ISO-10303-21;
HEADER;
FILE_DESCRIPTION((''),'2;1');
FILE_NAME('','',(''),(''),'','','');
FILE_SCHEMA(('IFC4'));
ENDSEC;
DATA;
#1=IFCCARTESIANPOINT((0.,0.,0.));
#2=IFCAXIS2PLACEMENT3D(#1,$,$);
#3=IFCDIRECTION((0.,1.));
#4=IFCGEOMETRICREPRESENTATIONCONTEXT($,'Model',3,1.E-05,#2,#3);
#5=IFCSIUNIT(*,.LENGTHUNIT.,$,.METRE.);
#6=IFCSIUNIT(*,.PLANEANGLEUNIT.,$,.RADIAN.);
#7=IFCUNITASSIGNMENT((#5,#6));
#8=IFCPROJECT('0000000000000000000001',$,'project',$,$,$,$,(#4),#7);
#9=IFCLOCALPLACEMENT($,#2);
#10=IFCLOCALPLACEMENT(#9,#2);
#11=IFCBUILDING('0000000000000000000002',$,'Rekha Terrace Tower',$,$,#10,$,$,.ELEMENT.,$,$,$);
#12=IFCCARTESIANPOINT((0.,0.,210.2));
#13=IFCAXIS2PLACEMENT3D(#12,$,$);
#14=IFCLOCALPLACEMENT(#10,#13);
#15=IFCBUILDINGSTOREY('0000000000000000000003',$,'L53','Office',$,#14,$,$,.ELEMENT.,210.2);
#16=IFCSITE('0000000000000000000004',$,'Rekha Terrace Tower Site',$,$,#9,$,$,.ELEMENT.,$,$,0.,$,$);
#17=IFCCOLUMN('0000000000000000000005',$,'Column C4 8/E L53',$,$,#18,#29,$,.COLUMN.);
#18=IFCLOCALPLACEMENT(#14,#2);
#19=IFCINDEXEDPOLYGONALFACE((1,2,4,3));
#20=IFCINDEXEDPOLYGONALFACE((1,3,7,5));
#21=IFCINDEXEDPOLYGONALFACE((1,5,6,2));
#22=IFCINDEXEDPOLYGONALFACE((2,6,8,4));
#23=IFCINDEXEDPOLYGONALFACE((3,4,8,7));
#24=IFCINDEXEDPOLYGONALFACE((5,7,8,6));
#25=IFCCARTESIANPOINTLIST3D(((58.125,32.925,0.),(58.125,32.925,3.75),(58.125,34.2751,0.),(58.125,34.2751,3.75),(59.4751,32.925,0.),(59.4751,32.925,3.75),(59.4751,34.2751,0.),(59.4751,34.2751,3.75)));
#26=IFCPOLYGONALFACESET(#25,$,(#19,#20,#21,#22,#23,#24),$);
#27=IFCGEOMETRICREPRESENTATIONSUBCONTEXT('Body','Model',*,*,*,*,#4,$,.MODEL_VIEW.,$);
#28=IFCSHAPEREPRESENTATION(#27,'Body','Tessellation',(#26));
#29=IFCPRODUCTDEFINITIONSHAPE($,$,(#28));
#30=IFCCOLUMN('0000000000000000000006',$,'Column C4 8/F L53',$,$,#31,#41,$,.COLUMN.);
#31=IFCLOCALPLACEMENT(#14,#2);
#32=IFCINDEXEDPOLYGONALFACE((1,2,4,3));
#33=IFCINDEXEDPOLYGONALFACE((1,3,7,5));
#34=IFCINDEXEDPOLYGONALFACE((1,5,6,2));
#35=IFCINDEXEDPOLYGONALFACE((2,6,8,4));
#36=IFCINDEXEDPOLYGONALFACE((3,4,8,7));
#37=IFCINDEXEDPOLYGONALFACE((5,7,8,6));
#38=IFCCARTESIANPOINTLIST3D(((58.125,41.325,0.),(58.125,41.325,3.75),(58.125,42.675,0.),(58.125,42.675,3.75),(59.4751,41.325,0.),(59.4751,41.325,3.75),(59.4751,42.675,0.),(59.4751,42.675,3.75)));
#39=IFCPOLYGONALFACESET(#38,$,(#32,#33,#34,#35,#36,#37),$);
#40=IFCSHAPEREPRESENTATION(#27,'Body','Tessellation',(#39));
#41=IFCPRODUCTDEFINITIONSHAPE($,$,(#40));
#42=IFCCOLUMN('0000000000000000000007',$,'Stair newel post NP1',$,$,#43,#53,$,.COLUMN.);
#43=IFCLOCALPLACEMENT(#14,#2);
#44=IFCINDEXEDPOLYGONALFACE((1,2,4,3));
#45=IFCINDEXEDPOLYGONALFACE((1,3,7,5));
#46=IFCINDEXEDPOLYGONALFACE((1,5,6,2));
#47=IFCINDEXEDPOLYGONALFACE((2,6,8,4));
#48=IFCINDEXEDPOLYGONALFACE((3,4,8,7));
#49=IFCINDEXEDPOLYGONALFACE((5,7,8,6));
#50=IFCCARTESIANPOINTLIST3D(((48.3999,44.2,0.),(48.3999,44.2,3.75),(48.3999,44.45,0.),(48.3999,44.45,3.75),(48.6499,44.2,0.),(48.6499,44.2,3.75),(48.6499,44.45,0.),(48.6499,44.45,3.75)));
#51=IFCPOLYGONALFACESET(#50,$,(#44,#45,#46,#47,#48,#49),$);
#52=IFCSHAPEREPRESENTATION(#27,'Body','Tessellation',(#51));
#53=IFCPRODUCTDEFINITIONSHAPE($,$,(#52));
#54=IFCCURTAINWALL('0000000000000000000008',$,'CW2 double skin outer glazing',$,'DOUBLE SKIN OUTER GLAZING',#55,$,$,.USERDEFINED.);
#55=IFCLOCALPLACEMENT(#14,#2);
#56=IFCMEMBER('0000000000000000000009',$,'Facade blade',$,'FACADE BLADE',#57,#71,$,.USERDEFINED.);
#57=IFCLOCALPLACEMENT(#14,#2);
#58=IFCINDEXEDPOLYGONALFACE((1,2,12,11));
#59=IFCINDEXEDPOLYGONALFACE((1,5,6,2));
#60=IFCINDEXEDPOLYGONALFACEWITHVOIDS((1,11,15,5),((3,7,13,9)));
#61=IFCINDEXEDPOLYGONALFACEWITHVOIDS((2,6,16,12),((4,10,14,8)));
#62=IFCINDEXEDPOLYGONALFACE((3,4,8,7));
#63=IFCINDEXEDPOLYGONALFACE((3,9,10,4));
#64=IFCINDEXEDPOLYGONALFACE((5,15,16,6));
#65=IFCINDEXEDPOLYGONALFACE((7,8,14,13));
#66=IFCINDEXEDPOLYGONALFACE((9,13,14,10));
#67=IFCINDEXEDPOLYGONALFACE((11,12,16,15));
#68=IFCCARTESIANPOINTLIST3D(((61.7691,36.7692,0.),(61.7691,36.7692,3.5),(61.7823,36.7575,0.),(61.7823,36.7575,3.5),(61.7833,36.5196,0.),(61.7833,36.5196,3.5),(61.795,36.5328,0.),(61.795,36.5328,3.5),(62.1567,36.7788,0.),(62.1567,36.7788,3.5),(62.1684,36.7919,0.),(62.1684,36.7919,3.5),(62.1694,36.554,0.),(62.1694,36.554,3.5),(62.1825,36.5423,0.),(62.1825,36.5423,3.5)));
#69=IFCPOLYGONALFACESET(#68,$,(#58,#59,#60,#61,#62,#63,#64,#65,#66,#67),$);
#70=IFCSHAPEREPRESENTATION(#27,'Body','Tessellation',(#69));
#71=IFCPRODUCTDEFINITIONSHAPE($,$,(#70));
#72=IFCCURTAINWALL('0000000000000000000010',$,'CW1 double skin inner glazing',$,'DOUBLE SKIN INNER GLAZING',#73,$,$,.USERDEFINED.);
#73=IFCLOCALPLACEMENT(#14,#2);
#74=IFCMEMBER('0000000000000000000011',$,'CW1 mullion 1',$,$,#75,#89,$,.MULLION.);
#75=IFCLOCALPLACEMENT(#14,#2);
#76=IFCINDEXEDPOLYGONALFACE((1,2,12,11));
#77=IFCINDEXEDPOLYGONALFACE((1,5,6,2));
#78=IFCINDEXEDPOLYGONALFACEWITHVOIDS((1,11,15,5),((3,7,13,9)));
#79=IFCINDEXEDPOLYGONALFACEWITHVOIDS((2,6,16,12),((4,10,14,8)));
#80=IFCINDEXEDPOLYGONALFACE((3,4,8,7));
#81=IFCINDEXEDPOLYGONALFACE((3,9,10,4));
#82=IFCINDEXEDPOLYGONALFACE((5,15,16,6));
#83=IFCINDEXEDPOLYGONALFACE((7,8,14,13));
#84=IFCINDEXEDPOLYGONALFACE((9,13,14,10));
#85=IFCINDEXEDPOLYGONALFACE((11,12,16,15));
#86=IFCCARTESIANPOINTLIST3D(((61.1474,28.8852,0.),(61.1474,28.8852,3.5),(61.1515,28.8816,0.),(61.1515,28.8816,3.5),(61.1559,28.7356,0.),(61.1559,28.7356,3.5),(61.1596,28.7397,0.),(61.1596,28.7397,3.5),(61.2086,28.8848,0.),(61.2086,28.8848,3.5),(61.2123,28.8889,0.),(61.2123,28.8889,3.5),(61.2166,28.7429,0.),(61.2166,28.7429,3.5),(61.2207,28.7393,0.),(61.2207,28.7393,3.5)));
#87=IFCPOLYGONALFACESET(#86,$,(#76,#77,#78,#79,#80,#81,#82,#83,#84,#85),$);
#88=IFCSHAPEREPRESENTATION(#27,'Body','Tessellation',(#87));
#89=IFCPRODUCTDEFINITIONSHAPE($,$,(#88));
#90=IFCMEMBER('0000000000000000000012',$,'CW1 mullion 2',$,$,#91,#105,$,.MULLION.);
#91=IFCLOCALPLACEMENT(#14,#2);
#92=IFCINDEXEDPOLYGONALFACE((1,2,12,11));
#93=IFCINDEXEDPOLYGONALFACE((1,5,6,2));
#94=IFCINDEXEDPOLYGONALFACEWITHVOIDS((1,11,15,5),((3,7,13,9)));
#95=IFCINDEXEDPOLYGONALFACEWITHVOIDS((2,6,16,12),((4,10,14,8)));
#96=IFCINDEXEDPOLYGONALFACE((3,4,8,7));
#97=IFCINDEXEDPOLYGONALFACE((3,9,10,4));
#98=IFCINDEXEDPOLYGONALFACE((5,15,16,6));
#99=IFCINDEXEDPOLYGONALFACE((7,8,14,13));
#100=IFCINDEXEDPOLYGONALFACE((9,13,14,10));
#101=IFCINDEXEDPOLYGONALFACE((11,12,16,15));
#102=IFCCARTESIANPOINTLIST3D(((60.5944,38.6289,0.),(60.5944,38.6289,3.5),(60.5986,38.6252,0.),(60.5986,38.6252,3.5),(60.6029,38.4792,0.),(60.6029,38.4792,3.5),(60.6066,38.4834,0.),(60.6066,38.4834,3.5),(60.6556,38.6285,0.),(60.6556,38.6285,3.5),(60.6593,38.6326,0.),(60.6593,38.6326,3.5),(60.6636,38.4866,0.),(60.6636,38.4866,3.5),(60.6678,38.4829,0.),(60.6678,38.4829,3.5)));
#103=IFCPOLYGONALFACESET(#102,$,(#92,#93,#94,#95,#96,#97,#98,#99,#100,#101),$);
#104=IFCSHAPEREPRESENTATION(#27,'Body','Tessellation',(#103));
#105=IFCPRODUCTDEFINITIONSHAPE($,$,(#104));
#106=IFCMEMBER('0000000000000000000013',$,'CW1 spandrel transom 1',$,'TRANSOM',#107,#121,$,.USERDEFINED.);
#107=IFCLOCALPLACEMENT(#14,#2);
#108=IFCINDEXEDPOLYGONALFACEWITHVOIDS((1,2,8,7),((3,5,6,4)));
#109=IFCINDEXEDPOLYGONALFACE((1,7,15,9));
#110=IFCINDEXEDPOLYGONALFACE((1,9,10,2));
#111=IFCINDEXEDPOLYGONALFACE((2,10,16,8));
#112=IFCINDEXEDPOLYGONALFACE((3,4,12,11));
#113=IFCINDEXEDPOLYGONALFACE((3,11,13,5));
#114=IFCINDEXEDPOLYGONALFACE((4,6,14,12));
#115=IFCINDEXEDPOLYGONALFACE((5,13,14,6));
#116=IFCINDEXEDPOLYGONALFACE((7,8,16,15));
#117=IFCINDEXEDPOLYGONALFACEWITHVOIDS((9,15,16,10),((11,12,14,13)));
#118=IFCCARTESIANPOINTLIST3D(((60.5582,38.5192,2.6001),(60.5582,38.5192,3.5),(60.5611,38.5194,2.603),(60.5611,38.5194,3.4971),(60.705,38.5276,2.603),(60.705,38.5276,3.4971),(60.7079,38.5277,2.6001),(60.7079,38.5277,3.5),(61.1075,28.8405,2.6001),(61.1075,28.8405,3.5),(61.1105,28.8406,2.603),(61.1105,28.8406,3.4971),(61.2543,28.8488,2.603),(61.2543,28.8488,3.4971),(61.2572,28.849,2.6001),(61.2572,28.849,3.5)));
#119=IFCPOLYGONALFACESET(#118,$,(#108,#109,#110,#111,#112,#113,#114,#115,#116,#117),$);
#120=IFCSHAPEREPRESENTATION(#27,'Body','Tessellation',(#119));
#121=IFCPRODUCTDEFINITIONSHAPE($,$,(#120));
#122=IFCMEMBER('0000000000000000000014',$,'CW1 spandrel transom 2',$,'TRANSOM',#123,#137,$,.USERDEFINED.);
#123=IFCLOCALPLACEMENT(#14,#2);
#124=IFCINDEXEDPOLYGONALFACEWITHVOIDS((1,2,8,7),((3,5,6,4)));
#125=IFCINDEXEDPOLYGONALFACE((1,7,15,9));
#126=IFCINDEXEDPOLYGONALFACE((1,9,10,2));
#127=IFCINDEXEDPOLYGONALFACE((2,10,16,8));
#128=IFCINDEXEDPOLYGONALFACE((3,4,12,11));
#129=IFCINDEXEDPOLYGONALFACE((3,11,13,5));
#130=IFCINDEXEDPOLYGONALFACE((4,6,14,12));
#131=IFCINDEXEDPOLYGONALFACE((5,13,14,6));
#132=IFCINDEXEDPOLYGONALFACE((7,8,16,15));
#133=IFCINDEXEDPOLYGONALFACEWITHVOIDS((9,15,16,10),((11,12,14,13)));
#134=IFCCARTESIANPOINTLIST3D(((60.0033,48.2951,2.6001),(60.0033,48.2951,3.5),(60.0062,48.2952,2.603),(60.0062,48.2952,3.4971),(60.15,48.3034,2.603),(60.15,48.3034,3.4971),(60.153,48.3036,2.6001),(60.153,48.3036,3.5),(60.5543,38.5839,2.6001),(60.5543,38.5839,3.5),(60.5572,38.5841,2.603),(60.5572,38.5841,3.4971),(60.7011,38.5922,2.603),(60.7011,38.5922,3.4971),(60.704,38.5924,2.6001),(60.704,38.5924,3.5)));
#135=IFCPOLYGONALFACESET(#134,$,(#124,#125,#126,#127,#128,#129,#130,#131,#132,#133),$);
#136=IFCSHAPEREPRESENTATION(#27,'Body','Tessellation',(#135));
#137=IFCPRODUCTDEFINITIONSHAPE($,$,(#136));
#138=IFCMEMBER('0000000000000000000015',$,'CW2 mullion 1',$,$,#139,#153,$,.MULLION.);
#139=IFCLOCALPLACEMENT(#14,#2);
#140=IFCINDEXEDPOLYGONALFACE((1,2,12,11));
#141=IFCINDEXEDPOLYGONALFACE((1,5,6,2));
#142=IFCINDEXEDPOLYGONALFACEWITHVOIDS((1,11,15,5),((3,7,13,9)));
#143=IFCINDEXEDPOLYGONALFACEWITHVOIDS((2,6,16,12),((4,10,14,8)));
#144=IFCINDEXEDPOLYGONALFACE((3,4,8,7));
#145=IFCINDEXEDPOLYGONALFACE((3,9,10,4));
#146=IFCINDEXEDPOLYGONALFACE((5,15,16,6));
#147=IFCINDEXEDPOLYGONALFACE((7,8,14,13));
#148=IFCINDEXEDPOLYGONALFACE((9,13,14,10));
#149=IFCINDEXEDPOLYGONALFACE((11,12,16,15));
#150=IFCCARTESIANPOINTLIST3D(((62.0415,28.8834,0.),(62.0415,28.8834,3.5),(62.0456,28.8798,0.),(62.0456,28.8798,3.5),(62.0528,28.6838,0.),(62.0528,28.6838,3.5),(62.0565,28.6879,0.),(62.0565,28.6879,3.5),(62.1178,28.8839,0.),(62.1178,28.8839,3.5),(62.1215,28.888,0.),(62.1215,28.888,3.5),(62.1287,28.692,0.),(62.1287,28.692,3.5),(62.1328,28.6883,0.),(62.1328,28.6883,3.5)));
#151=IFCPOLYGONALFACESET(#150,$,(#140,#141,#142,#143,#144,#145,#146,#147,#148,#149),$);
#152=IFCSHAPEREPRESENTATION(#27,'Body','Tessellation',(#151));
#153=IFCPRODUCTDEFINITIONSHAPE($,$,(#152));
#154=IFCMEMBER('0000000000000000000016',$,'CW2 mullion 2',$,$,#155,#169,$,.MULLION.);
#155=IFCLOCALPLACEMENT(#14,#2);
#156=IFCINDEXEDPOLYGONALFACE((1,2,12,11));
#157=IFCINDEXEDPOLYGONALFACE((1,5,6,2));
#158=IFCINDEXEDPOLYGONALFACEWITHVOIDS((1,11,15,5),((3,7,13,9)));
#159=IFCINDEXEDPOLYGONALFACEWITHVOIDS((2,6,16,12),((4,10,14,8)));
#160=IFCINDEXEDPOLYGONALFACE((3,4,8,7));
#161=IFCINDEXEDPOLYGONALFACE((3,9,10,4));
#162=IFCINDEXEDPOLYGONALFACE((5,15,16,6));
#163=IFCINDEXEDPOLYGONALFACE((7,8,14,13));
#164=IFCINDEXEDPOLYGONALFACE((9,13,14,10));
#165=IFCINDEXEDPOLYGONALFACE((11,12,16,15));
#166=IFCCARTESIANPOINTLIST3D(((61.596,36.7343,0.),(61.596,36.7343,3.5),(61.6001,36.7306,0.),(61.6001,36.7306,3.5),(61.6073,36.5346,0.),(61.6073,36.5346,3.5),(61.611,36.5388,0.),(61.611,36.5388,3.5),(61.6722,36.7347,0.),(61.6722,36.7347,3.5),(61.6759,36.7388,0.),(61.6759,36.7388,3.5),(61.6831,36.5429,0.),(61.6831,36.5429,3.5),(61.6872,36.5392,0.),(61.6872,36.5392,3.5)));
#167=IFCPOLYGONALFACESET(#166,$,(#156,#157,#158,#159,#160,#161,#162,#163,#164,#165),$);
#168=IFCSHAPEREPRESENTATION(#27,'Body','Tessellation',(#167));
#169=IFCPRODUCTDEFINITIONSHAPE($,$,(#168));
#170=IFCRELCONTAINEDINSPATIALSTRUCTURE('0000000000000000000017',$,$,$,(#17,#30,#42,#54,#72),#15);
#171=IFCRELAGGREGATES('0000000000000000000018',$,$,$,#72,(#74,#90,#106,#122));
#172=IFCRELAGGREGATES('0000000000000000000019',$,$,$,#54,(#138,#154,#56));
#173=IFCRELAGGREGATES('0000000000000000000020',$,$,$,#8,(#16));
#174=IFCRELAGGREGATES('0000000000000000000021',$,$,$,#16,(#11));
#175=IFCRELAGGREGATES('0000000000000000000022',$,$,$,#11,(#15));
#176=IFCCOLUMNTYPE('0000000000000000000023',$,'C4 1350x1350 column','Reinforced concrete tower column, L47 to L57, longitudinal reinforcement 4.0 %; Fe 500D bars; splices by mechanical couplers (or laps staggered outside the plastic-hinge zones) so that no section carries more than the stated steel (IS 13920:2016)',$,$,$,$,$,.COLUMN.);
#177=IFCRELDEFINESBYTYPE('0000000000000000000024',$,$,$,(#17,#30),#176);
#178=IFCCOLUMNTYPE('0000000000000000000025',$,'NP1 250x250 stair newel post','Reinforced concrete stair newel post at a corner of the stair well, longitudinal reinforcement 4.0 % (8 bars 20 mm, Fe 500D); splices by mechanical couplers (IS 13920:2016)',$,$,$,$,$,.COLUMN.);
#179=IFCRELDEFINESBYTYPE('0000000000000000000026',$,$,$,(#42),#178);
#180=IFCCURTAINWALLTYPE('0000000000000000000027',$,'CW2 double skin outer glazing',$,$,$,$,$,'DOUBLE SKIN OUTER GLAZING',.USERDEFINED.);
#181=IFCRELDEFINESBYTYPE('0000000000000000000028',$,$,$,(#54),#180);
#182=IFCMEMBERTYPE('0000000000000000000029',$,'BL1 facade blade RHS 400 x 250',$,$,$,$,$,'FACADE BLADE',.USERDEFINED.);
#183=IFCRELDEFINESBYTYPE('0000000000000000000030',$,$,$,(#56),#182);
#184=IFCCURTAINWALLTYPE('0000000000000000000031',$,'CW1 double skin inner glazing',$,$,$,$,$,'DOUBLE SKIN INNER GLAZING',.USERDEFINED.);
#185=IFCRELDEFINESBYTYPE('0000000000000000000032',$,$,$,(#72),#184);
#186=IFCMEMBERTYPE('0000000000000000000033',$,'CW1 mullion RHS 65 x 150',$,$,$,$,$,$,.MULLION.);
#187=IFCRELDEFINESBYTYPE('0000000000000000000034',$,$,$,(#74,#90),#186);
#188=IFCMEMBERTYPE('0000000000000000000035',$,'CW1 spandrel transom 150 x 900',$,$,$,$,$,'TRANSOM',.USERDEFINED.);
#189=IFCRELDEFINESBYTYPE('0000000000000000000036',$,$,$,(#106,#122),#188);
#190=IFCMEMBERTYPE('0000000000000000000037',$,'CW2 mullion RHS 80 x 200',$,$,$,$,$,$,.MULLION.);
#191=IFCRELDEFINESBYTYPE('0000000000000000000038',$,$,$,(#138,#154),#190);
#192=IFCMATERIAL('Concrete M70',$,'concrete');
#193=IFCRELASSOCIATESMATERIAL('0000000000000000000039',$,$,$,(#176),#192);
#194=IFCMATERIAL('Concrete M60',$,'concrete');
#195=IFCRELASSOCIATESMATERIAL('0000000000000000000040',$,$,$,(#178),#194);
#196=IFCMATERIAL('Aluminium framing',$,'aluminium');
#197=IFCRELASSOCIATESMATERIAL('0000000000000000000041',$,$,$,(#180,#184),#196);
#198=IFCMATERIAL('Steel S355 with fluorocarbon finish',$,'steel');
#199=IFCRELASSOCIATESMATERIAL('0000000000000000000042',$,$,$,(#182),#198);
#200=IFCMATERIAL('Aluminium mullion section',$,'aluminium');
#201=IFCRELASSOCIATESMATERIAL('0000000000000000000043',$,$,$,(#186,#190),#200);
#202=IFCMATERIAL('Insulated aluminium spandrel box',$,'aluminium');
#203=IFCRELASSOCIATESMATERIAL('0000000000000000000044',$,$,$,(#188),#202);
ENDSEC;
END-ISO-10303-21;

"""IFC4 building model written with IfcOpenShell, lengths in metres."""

from ifc_helpers import new_model, si_unit, direction, frame, origin, origin_2d, place, context, subcontext, project, spatial, rectangle, hollow_rectangle, extrude, material, material_profile, profile_set, type_object, element, aggregate, save


model = new_model("IFC4")

# Units and contexts
model_context = context("Model", 3, precision=1e-05, world=origin(), true_north=direction((0.0, 1.0)))
body_context = subcontext(model_context, "Body", "Model", "MODEL_VIEW")
ifc_project = project(units=[si_unit("LENGTHUNIT", "METRE"), si_unit("PLANEANGLEUNIT", "RADIAN")], contexts=[model_context])

# Site, building, storey
site_placement = place(None, origin())
site = spatial("IfcSite", under=ifc_project, at=site_placement, Name="Rekha Terrace Tower Site", CompositionType="ELEMENT", RefElevation=0.0)
building_placement = place(site_placement, origin())
building = spatial("IfcBuilding", under=site, at=building_placement, Name="Rekha Terrace Tower", CompositionType="ELEMENT")
storey_placement = place(building_placement, frame((0.0, 0.0, 210.2)))
storey = spatial("IfcBuildingStorey", under=building, at=storey_placement, Name="L53", Description="Office", CompositionType="ELEMENT", Elevation=210.2)

# Columns
ifc_material_1 = material(Name="Concrete M70", Category="concrete")
ifc_material_profile_1 = material_profile(ifc_material_1, rectangle(XDim=1.3501, YDim=1.3501, at=origin_2d()), Name="RC 1350x1350")
ifc_profile_set_1 = profile_set([ifc_material_profile_1], Name="Concrete M70")
column_type_1 = type_object("IfcColumnType", Name="C4 1350x1350 column", Description="Reinforced concrete tower column, L47 to L57, longitudinal reinforcement 4.0 %; Fe 500D bars; splices by mechanical couplers (or laps staggered outside the plastic-hinge zones) so that no section carries more than the stated steel (IS 13920:2016)", PredefinedType="COLUMN", material=ifc_profile_set_1)
for number, where, z_axis, x_axis, name in (
    (1, (58.8, 33.6001, 0.0), (0.0, 0.0, 1.0), (1.0, 0.0, 0.0), "Column C4 8/E L53"),
    (2, (58.8, 42.0, 0.0), (0.0, 0.0, 1.0), (1.0, 0.0, 0.0), "Column C4 8/F L53"),
):
    element("IfcColumn", number, at=place(storey_placement, frame(where, z_axis=z_axis, x_axis=x_axis)), inside=storey, type_object=column_type_1, Name=name, PredefinedType="COLUMN", context=body_context, shape_type="SweptSolid", body=[
        extrude(rectangle(XDim=1.3501, YDim=1.3501, at=origin_2d()), origin(), (0.0, 0.0, 1.0), 3.75),
    ])
ifc_material_2 = material(Name="Concrete M60", Category="concrete")
ifc_material_profile_2 = material_profile(ifc_material_2, rectangle(XDim=0.25, YDim=0.25, at=origin_2d()), Name="RC 250x250")
ifc_profile_set_2 = profile_set([ifc_material_profile_2], Name="Concrete M60")
column_type_2 = type_object("IfcColumnType", Name="NP1 250x250 stair newel post", Description="Reinforced concrete stair newel post at a corner of the stair well, longitudinal reinforcement 4.0 % (8 bars 20 mm, Fe 500D); splices by mechanical couplers (IS 13920:2016)", PredefinedType="COLUMN", material=ifc_profile_set_2)
column_placement = place(storey_placement, frame((48.5249, 44.325, 0.0), z_axis=(0.0, 0.0, 1.0), x_axis=(1.0, 0.0, 0.0)))
element("IfcColumn", 3, at=column_placement, inside=storey, type_object=column_type_2, Name="Stair newel post NP1", PredefinedType="COLUMN", context=body_context, shape_type="SweptSolid", body=[
    extrude(rectangle(XDim=0.25, YDim=0.25, at=origin_2d()), origin(), (0.0, 0.0, 1.0), 3.75),
])

# Curtain wall, member
ifc_material_3 = material(Name="Aluminium framing", Category="aluminium")
curtain_wall_type_1 = type_object("IfcCurtainWallType", Name="CW2 double skin outer glazing", ElementType="DOUBLE SKIN OUTER GLAZING", PredefinedType="USERDEFINED", material=ifc_material_3)
curtain_wall_1_placement = place(storey_placement, origin())
curtain_wall_1 = element("IfcCurtainWall", 4, at=curtain_wall_1_placement, inside=storey, type_object=curtain_wall_type_1, Name="CW2 double skin outer glazing", ObjectType="DOUBLE SKIN OUTER GLAZING", PredefinedType="USERDEFINED")
ifc_material_4 = material(Name="Steel S355 with fluorocarbon finish", Category="steel")
ifc_material_profile_3 = material_profile(ifc_material_4, hollow_rectangle(XDim=0.25, YDim=0.3999, WallThickness=0.0125, at=origin_2d()), Name="RHS400x250x12.5")
ifc_profile_set_3 = profile_set([ifc_material_profile_3], Name="Steel S355 with fluorocarbon finish")
member_type_1 = type_object("IfcMemberType", Name="BL1 facade blade RHS 400 x 250", ElementType="FACADE BLADE", PredefinedType="USERDEFINED", material=ifc_profile_set_3)
member_1_placement = place(storey_placement, frame((61.9758, 36.6558, 0.0), z_axis=(0.0, 0.0, 1.0), x_axis=(-0.056674, 0.998393, 0.0)))
member_1 = element("IfcMember", 5, at=member_1_placement, type_object=member_type_1, Name="Facade blade", ObjectType="FACADE BLADE", PredefinedType="USERDEFINED", context=body_context, shape_type="SweptSolid", body=[
    extrude(hollow_rectangle(XDim=0.25, YDim=0.3999, WallThickness=0.0125, at=origin_2d()), origin(), (0.0, 0.0, 1.0), 3.5),
])

# Curtain wall, members
curtain_wall_type_2 = type_object("IfcCurtainWallType", Name="CW1 double skin inner glazing", ElementType="DOUBLE SKIN INNER GLAZING", PredefinedType="USERDEFINED", material=ifc_material_3)
curtain_wall_2_placement = place(storey_placement, origin())
curtain_wall_2 = element("IfcCurtainWall", 6, at=curtain_wall_2_placement, inside=storey, type_object=curtain_wall_type_2, Name="CW1 double skin inner glazing", ObjectType="DOUBLE SKIN INNER GLAZING", PredefinedType="USERDEFINED")
ifc_material_5 = material(Name="Aluminium mullion section", Category="aluminium")
ifc_material_profile_4 = material_profile(ifc_material_5, hollow_rectangle(XDim=0.0649, YDim=0.1499, WallThickness=0.0039, at=origin_2d()), Name="AL RHS 65x150")
ifc_profile_set_4 = profile_set([ifc_material_profile_4], Name="Aluminium mullion section")
member_type_2 = type_object("IfcMemberType", Name="CW1 mullion RHS 65 x 150", PredefinedType="MULLION", material=ifc_profile_set_4)
member_2_placement = place(storey_placement, frame((61.1841, 28.8123, 0.0), z_axis=(0.0, 0.0, 1.0), x_axis=(-0.998393, -0.056673, 0.0)))
member_2 = element("IfcMember", 7, at=member_2_placement, type_object=member_type_2, Name="CW1 mullion 1", PredefinedType="MULLION", context=body_context, shape_type="SweptSolid", body=[
    extrude(hollow_rectangle(XDim=0.0649, YDim=0.1499, WallThickness=0.0039, at=origin_2d()), origin(), (0.0, 0.0, 1.0), 3.5),
])
member_3_placement = place(storey_placement, frame((60.6311, 38.5559, 0.0), z_axis=(0.0, 0.0, 1.0), x_axis=(-0.998393, -0.056673, 0.0)))
member_3 = element("IfcMember", 8, at=member_3_placement, type_object=member_type_2, Name="CW1 mullion 2", PredefinedType="MULLION", context=body_context, shape_type="SweptSolid", body=[
    extrude(hollow_rectangle(XDim=0.0649, YDim=0.1499, WallThickness=0.0039, at=origin_2d()), origin(), (0.0, 0.0, 1.0), 3.5),
])
ifc_material_6 = material(Name="Insulated aluminium spandrel box", Category="aluminium")
ifc_material_profile_5 = material_profile(ifc_material_6, hollow_rectangle(XDim=0.1499, YDim=0.8999, WallThickness=0.0029, at=origin_2d()), Name="AL SPANDREL BOX 150x900")
ifc_profile_set_5 = profile_set([ifc_material_profile_5], Name="Insulated aluminium spandrel box")
member_type_3 = type_object("IfcMemberType", Name="CW1 spandrel transom 150 x 900", ElementType="TRANSOM", PredefinedType="USERDEFINED", material=ifc_profile_set_5)
member_4_placement = place(storey_placement, frame((61.1824, 28.8447, 3.05), z_axis=(-0.056664, 0.998393, 0.0), x_axis=(-0.998393, -0.056664, 0.0)))
member_4 = element("IfcMember", 9, at=member_4_placement, type_object=member_type_3, Name="CW1 spandrel transom 1", ObjectType="TRANSOM", PredefinedType="USERDEFINED", context=body_context, shape_type="SweptSolid", body=[
    extrude(hollow_rectangle(XDim=0.1499, YDim=0.8999, WallThickness=0.0029, at=origin_2d()), origin(), (0.0, 0.0, 1.0), 9.6943),
])
member_5_placement = place(storey_placement, frame((60.6292, 38.5881, 3.05), z_axis=(-0.05665, 0.998394, 0.0), x_axis=(-0.998394, -0.05665, 0.0)))
member_5 = element("IfcMember", 10, at=member_5_placement, type_object=member_type_3, Name="CW1 spandrel transom 2", ObjectType="TRANSOM", PredefinedType="USERDEFINED", context=body_context, shape_type="SweptSolid", body=[
    extrude(hollow_rectangle(XDim=0.1499, YDim=0.8999, WallThickness=0.0029, at=origin_2d()), origin(), (0.0, 0.0, 1.0), 9.7268),
])

# Members
ifc_material_profile_6 = material_profile(ifc_material_5, hollow_rectangle(XDim=0.0801, YDim=0.2, WallThickness=0.0039, at=origin_2d()), Name="AL RHS 80x200")
ifc_profile_set_6 = profile_set([ifc_material_profile_6], Name="Aluminium mullion section")
member_type_4 = type_object("IfcMemberType", Name="CW2 mullion RHS 80 x 200", PredefinedType="MULLION", material=ifc_profile_set_6)
member_6_placement = place(storey_placement, frame((62.0872, 28.7859, 0.0), z_axis=(0.0, 0.0, 1.0), x_axis=(-0.998393, -0.056673, 0.0)))
member_6 = element("IfcMember", 11, at=member_6_placement, type_object=member_type_4, Name="CW2 mullion 1", PredefinedType="MULLION", context=body_context, shape_type="SweptSolid", body=[
    extrude(hollow_rectangle(XDim=0.0801, YDim=0.2, WallThickness=0.0039, at=origin_2d()), origin(), (0.0, 0.0, 1.0), 3.5),
])
member_7_placement = place(storey_placement, frame((61.6416, 36.6367, 0.0), z_axis=(0.0, 0.0, 1.0), x_axis=(-0.998393, -0.056673, 0.0)))
member_7 = element("IfcMember", 12, at=member_7_placement, type_object=member_type_4, Name="CW2 mullion 2", PredefinedType="MULLION", context=body_context, shape_type="SweptSolid", body=[
    extrude(hollow_rectangle(XDim=0.0801, YDim=0.2, WallThickness=0.0039, at=origin_2d()), origin(), (0.0, 0.0, 1.0), 3.5),
])

aggregate(curtain_wall_2, [member_2, member_3, member_4, member_5])
aggregate(curtain_wall_1, [member_6, member_7, member_1])

save(model, "model.ifc")
